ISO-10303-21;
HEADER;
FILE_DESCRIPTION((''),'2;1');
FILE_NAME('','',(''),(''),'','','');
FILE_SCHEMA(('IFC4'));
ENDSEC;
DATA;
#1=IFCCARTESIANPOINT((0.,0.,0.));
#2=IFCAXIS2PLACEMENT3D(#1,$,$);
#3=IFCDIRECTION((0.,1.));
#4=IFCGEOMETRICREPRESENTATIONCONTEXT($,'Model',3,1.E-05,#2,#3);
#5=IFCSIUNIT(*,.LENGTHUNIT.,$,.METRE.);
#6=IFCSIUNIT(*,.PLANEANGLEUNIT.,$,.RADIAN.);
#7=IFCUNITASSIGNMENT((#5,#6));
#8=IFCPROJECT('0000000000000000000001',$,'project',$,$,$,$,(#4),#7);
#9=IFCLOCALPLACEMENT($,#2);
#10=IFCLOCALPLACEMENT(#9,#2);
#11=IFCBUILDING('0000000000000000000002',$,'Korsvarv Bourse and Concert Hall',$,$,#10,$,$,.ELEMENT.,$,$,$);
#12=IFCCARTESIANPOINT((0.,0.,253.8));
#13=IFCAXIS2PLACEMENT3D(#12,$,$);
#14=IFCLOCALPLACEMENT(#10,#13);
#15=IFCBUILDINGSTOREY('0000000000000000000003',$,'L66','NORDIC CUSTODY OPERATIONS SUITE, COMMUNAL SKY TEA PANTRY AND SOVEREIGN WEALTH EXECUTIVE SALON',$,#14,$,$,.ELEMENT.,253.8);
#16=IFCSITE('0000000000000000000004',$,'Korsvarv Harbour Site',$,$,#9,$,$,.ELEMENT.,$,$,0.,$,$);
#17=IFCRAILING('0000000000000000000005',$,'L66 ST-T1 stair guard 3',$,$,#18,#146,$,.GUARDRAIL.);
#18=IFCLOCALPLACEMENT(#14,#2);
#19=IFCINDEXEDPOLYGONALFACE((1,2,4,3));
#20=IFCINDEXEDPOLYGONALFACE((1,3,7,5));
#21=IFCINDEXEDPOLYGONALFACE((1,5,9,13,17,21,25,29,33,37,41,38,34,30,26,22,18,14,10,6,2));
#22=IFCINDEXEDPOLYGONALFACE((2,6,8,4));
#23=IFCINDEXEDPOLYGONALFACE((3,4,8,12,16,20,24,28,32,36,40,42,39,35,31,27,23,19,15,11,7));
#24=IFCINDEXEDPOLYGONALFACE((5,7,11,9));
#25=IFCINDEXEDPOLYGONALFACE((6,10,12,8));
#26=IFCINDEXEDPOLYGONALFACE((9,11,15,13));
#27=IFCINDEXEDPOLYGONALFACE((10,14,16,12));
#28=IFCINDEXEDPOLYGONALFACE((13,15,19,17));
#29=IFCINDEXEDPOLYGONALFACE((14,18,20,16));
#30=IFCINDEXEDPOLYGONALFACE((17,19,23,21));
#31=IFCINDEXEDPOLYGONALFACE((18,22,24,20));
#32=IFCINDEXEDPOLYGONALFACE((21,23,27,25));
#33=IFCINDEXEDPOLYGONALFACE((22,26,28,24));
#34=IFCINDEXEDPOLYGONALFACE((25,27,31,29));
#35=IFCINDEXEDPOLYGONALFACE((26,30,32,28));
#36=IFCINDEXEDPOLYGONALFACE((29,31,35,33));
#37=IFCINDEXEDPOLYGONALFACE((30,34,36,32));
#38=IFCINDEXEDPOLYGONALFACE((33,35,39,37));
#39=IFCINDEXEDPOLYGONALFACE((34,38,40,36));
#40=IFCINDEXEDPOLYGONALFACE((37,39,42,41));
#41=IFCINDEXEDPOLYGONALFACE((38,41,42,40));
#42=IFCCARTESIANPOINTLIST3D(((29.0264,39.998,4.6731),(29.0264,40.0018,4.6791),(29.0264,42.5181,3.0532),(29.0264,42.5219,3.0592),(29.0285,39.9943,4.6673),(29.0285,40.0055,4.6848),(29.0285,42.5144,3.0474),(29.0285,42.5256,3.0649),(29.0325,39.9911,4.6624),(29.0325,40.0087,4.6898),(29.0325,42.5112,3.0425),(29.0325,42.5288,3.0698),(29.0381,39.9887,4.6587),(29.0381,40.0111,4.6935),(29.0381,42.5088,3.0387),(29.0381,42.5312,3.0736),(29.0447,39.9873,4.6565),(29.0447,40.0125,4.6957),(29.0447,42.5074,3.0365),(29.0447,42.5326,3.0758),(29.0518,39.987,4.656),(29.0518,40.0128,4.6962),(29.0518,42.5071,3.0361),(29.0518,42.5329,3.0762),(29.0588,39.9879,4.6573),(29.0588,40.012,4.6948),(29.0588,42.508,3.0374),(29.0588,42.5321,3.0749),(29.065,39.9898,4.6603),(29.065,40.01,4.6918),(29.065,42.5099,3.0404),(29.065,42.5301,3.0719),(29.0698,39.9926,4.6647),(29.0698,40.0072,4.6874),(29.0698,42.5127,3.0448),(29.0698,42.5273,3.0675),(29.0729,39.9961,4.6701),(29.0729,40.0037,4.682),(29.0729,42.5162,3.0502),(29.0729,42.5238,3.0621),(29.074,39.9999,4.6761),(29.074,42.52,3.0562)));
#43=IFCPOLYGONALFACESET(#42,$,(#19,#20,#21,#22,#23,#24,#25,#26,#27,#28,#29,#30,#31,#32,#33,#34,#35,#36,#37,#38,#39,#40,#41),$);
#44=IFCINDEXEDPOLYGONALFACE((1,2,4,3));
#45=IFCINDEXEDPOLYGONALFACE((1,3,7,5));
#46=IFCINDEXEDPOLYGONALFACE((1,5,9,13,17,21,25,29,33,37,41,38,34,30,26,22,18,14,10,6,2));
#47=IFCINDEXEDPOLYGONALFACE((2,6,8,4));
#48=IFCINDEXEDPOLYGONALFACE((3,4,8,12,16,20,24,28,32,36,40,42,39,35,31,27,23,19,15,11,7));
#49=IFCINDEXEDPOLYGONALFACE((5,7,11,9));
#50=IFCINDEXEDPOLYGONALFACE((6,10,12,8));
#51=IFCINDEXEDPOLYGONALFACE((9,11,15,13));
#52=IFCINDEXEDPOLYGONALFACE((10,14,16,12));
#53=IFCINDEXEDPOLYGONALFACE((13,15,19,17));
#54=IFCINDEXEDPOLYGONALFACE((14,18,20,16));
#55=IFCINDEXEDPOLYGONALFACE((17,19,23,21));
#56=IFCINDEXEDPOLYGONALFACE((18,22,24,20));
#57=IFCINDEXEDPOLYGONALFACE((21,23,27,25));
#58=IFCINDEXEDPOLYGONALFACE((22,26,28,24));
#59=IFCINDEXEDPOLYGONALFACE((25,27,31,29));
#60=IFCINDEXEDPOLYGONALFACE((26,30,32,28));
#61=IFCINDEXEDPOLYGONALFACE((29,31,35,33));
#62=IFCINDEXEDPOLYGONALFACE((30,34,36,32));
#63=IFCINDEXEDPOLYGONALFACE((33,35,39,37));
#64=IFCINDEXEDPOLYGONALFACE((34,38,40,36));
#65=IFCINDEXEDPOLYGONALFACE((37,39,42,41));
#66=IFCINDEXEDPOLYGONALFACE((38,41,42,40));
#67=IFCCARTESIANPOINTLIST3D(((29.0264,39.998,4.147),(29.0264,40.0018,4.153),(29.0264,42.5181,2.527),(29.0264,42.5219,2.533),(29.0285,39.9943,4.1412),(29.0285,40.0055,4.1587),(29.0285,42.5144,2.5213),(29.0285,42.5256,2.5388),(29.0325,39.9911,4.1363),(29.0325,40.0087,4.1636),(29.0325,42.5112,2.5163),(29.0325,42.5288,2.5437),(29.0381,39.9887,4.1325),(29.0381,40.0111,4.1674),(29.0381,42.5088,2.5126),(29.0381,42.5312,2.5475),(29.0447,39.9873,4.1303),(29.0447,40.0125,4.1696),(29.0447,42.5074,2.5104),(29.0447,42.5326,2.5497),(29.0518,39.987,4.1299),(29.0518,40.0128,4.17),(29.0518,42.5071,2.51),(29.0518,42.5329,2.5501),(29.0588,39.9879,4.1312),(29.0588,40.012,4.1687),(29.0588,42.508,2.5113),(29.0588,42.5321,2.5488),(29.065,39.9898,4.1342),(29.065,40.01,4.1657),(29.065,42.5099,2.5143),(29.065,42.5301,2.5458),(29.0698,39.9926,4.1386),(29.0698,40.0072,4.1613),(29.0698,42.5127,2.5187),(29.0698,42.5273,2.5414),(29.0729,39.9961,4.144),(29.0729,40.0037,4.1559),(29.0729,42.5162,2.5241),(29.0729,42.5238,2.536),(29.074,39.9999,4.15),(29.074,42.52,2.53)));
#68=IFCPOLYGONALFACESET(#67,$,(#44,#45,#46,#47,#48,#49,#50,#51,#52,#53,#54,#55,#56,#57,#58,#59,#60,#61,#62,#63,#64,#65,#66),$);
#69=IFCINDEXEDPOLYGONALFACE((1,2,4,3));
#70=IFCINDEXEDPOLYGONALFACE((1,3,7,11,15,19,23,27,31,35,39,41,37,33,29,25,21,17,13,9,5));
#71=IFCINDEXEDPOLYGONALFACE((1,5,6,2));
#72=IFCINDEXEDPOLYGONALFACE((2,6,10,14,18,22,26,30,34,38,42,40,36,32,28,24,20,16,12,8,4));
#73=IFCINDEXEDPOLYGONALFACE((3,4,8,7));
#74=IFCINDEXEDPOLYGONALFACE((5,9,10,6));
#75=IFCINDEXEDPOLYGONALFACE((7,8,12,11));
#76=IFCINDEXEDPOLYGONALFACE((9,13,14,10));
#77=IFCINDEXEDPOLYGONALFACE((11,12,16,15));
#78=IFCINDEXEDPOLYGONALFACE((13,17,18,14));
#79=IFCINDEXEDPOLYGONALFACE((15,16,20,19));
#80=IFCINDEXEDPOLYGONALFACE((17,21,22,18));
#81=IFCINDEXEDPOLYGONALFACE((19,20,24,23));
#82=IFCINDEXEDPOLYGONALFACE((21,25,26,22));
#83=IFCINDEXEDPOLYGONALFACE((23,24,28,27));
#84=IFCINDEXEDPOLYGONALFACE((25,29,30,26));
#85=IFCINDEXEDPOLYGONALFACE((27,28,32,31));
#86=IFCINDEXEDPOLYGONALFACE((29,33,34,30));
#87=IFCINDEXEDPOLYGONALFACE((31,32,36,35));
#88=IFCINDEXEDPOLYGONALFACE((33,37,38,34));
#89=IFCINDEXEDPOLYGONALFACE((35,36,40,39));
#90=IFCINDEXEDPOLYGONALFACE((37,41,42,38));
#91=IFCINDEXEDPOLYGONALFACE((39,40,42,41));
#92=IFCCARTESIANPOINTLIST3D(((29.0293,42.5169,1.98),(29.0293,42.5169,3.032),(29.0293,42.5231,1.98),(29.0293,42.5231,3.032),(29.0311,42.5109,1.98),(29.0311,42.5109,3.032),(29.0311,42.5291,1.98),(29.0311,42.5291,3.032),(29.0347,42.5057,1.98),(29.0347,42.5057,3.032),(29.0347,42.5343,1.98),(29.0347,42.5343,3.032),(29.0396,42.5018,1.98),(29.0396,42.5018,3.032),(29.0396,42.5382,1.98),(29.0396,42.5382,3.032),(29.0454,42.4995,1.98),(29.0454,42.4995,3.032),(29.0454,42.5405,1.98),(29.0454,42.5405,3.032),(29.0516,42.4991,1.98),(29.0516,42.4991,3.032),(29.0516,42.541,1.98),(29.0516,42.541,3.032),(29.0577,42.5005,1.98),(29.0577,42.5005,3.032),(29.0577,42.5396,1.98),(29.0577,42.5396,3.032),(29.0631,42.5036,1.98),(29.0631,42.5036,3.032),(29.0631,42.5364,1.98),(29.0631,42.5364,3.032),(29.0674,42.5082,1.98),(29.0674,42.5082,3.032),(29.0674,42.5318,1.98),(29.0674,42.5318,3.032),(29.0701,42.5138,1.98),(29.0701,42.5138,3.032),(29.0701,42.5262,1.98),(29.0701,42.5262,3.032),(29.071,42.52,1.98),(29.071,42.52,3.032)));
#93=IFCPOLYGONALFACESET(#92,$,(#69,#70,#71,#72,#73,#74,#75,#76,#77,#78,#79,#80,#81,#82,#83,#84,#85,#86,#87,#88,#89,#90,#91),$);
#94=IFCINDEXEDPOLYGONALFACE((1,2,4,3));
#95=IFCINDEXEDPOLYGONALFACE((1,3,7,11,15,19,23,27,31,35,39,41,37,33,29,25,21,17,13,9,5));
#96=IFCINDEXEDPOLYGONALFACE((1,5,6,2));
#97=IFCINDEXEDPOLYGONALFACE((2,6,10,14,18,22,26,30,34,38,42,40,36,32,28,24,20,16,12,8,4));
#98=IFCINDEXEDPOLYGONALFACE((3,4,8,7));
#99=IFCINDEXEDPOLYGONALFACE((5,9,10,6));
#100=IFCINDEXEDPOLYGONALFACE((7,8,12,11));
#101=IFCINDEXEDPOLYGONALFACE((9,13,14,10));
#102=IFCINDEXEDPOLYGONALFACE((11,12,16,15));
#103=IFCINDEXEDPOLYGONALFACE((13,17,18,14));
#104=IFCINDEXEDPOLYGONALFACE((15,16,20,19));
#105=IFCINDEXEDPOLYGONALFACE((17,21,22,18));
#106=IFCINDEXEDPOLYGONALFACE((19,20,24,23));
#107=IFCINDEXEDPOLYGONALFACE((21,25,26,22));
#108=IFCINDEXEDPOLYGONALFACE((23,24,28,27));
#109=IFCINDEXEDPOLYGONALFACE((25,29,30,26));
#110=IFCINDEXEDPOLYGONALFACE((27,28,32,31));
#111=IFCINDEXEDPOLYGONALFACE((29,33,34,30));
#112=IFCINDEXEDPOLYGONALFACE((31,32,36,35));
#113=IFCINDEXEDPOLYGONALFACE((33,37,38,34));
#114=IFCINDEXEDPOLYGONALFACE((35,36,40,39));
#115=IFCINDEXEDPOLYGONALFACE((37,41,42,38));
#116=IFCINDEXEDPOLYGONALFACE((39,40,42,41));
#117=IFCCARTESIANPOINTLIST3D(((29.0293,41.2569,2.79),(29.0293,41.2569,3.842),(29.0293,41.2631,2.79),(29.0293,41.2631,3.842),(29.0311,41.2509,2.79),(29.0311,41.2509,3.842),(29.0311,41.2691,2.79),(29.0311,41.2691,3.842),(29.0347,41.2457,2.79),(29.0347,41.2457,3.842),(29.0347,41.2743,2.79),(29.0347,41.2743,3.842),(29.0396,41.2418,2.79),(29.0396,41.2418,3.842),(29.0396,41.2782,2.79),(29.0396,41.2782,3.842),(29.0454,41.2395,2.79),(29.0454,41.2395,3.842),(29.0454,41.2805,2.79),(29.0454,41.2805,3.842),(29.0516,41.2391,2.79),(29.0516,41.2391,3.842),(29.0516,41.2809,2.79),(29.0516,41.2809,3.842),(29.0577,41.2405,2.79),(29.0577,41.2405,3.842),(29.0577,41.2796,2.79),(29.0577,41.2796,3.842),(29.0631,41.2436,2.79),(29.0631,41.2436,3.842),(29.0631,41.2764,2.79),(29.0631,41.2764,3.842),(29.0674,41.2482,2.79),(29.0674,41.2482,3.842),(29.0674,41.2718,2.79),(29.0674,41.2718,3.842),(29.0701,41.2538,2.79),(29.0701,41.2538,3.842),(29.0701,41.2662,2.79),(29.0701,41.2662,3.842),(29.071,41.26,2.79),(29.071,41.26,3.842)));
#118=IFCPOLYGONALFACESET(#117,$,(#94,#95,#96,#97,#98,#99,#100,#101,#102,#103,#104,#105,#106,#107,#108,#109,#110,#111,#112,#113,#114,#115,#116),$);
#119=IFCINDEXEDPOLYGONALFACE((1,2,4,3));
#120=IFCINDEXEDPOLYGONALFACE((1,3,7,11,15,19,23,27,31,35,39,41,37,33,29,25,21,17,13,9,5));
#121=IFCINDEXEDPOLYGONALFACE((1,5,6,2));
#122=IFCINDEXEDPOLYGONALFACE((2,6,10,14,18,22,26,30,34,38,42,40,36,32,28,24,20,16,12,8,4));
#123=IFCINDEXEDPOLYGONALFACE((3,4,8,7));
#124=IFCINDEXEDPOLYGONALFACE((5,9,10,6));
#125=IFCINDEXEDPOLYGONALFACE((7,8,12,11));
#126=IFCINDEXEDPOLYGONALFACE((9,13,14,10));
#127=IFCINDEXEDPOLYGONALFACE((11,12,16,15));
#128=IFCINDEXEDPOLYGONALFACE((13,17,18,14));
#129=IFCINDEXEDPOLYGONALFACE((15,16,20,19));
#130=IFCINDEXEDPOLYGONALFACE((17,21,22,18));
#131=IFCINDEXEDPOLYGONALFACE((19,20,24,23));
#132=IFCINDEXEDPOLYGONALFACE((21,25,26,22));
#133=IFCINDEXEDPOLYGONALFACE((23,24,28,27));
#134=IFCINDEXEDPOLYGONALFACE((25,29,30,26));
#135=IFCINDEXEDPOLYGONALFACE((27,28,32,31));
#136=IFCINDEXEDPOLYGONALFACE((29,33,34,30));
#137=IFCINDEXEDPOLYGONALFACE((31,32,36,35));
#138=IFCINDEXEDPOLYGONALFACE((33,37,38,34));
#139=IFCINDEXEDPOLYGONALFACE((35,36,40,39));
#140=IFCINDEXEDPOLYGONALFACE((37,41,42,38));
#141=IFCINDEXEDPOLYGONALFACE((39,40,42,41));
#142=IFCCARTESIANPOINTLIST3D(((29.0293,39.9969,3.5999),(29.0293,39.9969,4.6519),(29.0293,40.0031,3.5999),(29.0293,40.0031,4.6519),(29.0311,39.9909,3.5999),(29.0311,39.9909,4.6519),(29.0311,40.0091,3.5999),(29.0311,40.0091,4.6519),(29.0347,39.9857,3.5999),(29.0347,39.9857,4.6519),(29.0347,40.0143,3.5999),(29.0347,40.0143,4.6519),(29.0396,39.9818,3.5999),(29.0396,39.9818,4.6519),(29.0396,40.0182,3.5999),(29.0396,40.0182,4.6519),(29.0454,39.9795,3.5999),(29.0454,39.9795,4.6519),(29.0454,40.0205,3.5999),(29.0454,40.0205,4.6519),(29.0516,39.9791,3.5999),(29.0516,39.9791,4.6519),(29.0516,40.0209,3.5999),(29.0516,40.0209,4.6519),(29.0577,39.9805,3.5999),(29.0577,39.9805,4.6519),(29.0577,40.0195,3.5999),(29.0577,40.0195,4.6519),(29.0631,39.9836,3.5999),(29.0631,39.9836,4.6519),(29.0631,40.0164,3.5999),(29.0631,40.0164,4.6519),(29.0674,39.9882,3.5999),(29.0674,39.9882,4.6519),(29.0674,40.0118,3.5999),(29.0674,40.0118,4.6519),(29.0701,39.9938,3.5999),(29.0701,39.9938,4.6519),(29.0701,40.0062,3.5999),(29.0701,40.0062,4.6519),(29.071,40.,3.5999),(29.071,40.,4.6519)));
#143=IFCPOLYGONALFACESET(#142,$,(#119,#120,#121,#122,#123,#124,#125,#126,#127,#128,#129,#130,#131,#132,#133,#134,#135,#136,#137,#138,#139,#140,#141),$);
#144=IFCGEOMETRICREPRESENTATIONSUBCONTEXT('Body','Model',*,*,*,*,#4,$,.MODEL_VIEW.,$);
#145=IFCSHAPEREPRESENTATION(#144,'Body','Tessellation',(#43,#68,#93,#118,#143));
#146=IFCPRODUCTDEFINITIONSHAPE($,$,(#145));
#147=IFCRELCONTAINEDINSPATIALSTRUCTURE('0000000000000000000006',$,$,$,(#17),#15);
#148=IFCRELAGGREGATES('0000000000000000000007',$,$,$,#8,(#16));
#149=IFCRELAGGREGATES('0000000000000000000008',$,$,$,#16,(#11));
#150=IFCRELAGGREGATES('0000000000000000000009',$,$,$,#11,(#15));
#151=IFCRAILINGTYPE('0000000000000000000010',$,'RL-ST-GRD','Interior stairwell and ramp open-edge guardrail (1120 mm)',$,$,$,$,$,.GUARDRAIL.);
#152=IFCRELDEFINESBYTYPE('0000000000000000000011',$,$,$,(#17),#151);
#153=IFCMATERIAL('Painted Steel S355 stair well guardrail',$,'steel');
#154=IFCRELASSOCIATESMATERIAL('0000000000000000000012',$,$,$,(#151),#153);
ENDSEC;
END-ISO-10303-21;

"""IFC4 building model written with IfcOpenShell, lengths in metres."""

from ifc_helpers import new_model, si_unit, direction, frame, origin, origin_2d, place, context, subcontext, project, spatial, circle, extrude, material, type_object, element, save


model = new_model("IFC4")

# Units and contexts
model_context = context("Model", 3, precision=1e-05, world=origin(), true_north=direction((0.0, 1.0)))
body_context = subcontext(model_context, "Body", "Model", "MODEL_VIEW")
ifc_project = project(units=[si_unit("LENGTHUNIT", "METRE"), si_unit("PLANEANGLEUNIT", "RADIAN")], contexts=[model_context])

# Site, building, storey
site_placement = place(None, origin())
site = spatial("IfcSite", under=ifc_project, at=site_placement, Name="Korsvarv Harbour Site", CompositionType="ELEMENT", RefElevation=0.0)
building_placement = place(site_placement, origin())
building = spatial("IfcBuilding", under=site, at=building_placement, Name="Korsvarv Bourse and Concert Hall", CompositionType="ELEMENT")
storey_placement = place(building_placement, frame((0.0, 0.0, 253.8)))
storey = spatial("IfcBuildingStorey", under=building, at=storey_placement, Name="L66", Description="NORDIC CUSTODY OPERATIONS SUITE, COMMUNAL SKY TEA PANTRY AND SOVEREIGN WEALTH EXECUTIVE SALON", CompositionType="ELEMENT", Elevation=253.8)

# Railing
ifc_material_1 = material(Name="Painted Steel S355 stair well guardrail", Category="steel")
railing_type_1 = type_object("IfcRailingType", Name="RL-ST-GRD", Description="Interior stairwell and ramp open-edge guardrail (1120 mm)", PredefinedType="GUARDRAIL", material=ifc_material_1)
railing_1_placement = place(storey_placement, frame((29.05, 42.52, 1.98)))
element("IfcRailing", 1, at=railing_1_placement, inside=storey, type_object=railing_type_1, Name="L66 ST-T1 stair guard 3", PredefinedType="GUARDRAIL", context=body_context, shape_type="SweptSolid", body=[
    extrude(circle(Radius=0.0239, at=origin_2d()), frame((0.0, 0.0, 1.0762), z_axis=(0.0, -0.8412, 0.540725), x_axis=(1.0, 0.0, 0.0)), (0.0, 0.0, 1.0), 2.9958),
    extrude(circle(Radius=0.0239, at=origin_2d()), frame((0.0, 0.0, 0.55), z_axis=(0.0, -0.8412, 0.540725), x_axis=(1.0, 0.0, 0.0)), (0.0, 0.0, 1.0), 2.9958),
    extrude(circle(Radius=0.021, at=origin_2d()), origin(), (0.0, 0.0, 1.0), 1.052),
    extrude(circle(Radius=0.021, at=origin_2d()), frame((0.0, -1.26, 0.8101)), (0.0, 0.0, 1.0), 1.052),
    extrude(circle(Radius=0.021, at=origin_2d()), frame((0.0, -2.52, 1.6199)), (0.0, 0.0, 1.0), 1.052),
])

save(model, "model.ifc")
